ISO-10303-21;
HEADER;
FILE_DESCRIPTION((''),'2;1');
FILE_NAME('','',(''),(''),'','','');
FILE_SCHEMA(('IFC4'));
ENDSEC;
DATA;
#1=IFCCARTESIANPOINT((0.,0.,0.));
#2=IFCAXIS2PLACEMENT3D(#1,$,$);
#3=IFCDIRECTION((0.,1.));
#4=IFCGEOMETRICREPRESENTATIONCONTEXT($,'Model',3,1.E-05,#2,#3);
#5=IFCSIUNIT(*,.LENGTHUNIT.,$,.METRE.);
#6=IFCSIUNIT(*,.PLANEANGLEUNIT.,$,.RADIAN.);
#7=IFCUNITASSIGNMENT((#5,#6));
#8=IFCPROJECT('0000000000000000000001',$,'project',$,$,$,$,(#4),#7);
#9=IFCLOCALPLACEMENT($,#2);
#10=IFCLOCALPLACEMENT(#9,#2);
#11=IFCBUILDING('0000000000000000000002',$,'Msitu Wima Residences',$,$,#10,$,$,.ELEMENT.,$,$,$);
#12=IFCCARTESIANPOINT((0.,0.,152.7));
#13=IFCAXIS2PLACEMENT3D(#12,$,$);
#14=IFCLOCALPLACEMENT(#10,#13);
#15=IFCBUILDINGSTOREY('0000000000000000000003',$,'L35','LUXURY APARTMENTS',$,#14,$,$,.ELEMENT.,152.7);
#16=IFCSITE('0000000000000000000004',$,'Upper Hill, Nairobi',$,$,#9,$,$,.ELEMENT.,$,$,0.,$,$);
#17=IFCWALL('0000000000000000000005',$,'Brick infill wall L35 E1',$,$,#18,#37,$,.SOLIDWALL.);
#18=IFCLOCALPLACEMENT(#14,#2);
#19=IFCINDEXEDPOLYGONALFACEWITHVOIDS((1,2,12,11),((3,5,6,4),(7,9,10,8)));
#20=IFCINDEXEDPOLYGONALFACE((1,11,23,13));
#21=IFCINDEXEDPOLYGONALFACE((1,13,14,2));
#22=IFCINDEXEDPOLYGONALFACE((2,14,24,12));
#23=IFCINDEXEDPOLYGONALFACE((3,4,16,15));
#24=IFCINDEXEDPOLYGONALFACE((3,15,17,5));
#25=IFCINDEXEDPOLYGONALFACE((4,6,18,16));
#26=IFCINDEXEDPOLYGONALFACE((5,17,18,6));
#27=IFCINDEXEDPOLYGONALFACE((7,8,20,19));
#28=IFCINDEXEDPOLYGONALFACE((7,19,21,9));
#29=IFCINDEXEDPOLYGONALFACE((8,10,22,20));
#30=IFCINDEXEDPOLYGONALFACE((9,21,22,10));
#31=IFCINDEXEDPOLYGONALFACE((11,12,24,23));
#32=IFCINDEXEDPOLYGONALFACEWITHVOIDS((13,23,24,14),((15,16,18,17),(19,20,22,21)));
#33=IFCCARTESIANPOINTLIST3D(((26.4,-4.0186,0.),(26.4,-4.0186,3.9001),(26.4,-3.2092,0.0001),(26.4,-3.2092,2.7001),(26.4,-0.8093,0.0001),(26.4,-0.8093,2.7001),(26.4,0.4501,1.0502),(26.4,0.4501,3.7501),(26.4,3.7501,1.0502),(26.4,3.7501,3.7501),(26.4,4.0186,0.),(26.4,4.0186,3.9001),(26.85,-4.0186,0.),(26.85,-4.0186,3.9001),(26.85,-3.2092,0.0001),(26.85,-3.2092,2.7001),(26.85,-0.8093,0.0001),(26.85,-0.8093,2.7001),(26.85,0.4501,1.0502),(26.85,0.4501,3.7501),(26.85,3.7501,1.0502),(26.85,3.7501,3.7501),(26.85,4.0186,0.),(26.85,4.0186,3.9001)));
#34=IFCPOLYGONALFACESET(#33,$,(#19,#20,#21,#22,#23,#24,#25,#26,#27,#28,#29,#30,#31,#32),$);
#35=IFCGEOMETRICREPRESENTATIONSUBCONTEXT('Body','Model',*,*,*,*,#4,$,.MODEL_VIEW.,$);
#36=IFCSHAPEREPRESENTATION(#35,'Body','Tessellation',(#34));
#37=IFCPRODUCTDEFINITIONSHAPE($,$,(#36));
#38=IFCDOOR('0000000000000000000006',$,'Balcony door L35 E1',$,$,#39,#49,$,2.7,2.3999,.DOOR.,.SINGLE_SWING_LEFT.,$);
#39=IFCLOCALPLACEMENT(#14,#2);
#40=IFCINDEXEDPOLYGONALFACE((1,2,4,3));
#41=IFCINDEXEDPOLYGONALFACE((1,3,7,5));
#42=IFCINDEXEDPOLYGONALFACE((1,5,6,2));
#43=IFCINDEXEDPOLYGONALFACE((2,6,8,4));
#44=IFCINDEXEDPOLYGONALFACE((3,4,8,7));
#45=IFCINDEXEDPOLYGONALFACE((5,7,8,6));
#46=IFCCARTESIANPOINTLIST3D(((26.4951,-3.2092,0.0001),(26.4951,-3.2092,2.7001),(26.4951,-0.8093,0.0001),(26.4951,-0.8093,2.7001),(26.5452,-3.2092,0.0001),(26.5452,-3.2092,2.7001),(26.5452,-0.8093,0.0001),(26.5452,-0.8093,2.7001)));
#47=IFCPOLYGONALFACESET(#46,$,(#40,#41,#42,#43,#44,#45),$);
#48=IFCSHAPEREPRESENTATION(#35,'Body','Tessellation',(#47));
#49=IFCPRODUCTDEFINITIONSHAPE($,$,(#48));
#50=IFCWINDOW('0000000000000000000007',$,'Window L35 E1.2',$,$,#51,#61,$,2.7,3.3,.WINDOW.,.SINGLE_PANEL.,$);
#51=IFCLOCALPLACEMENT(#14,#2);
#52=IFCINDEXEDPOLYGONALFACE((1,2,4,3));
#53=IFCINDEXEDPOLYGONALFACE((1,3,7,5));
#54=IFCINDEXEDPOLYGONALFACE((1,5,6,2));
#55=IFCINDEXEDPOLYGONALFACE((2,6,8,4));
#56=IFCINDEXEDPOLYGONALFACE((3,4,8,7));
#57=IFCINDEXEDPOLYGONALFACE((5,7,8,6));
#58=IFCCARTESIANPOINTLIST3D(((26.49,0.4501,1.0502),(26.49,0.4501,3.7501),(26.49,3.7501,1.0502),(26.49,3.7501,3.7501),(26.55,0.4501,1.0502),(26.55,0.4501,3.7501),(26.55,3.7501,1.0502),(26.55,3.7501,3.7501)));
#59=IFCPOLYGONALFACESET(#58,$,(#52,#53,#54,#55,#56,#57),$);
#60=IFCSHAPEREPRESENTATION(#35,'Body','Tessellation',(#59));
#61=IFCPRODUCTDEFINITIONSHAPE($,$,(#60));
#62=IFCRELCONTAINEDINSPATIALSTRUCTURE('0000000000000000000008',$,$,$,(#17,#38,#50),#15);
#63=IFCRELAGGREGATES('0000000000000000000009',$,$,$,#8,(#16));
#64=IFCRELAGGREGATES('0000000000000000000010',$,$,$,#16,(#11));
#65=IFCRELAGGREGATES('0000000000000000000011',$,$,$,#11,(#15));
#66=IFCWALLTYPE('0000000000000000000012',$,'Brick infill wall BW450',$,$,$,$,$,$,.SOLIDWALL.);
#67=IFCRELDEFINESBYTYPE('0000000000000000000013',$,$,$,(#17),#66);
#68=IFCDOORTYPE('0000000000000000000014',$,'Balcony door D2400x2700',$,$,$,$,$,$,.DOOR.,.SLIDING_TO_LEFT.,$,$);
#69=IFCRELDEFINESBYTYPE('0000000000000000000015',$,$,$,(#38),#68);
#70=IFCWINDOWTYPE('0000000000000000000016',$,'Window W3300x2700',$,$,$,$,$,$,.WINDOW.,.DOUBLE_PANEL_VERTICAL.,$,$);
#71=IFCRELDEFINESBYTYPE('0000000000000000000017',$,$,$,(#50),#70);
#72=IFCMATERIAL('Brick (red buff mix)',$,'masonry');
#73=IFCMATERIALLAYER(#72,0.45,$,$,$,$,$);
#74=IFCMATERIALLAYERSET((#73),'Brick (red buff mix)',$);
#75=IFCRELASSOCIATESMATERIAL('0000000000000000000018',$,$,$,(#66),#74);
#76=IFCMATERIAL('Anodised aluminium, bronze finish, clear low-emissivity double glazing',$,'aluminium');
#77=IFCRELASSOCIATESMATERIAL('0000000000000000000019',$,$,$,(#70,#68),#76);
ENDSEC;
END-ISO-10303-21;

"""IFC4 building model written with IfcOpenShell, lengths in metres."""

from ifc_helpers import new_model, si_unit, direction, frame, frame_2d, origin, place, context, subcontext, project, spatial, rectangle, extrude, material, layer, layer_set, type_object, element, fill, save


model = new_model("IFC4")

# Units and contexts
model_context = context("Model", 3, precision=1e-05, world=origin(), true_north=direction((0.0, 1.0)))
body_context = subcontext(model_context, "Body", "Model", "MODEL_VIEW")
ifc_project = project(units=[si_unit("LENGTHUNIT", "METRE"), si_unit("PLANEANGLEUNIT", "RADIAN")], contexts=[model_context])

# Site, building, storey
site_placement = place(None, origin())
site = spatial("IfcSite", under=ifc_project, at=site_placement, Name="Upper Hill, Nairobi", CompositionType="ELEMENT", RefElevation=0.0)
building_placement = place(site_placement, origin())
building = spatial("IfcBuilding", under=site, at=building_placement, Name="Msitu Wima Residences", CompositionType="ELEMENT")
storey_placement = place(building_placement, frame((0.0, 0.0, 152.7)))
storey = spatial("IfcBuildingStorey", under=building, at=storey_placement, Name="L35", Description="LUXURY APARTMENTS", CompositionType="ELEMENT", Elevation=152.7)

# Shared definitions
ifc_material_1 = material(Name="Brick (red buff mix)", Category="masonry")
ifc_layer_1 = layer(ifc_material_1, 0.45)
ifc_layer_set_1 = layer_set([ifc_layer_1], Name="Brick (red buff mix)")
wall_type_1 = type_object("IfcWallType", Name="Brick infill wall BW450", PredefinedType="SOLIDWALL", material=ifc_layer_set_1)
ifc_material_2 = material(Name="Anodised aluminium, bronze finish, clear low-emissivity double glazing", Category="aluminium")
window_type = type_object("IfcWindowType", Name="Window W3300x2700", PartitioningType="DOUBLE_PANEL_VERTICAL", PredefinedType="WINDOW", material=ifc_material_2)

# Wall, openings, door, window
wall_1_placement = place(storey_placement, frame((26.625, -4.0186, 0.0), z_axis=(0.0, 0.0, 1.0), x_axis=(0.0, 1.0, 0.0)))
wall_1 = element("IfcWall", 1, at=wall_1_placement, inside=storey, type_object=wall_type_1, Name="Brick infill wall L35 E1", PredefinedType="SOLIDWALL", context=body_context, shape_type="SweptSolid", body=[
    extrude(rectangle(XDim=8.0371, YDim=0.45, at=frame_2d((4.0186, 0.0))), origin(), (0.0, 0.0, 1.0), 3.9001),
])
opening_1_placement = place(wall_1_placement, frame((0.8093, 0.0, 0.0)))
opening_1 = element("IfcOpeningElement", 2, at=opening_1_placement, cuts=wall_1, PredefinedType="OPENING", context=body_context, shape_type="SweptSolid", body=[
    extrude(rectangle(XDim=2.3999, YDim=2.7, at=frame_2d((1.2, 1.3501))), frame((0.0, 0.2349, 0.0), z_axis=(0.0, -1.0, 0.0), x_axis=(1.0, 0.0, 0.0)), (0.0, 0.0, 1.0), 0.47),
])
opening_2_placement = place(wall_1_placement, frame((4.4688, 0.0, 1.05)))
opening_2 = element("IfcOpeningElement", 3, at=opening_2_placement, cuts=wall_1, PredefinedType="OPENING", context=body_context, shape_type="SweptSolid", body=[
    extrude(rectangle(XDim=3.3, YDim=2.7, at=frame_2d((1.6499, 1.3501))), frame((0.0, 0.2349, 0.0), z_axis=(0.0, -1.0, 0.0), x_axis=(1.0, 0.0, 0.0)), (0.0, 0.0, 1.0), 0.47),
])
door_type = type_object("IfcDoorType", Name="Balcony door D2400x2700", OperationType="SLIDING_TO_LEFT", PredefinedType="DOOR", material=ifc_material_2)
door_placement = place(opening_1_placement, origin())
door = element("IfcDoor", 4, at=door_placement, inside=storey, type_object=door_type, Name="Balcony door L35 E1", OperationType="SINGLE_SWING_LEFT", OverallHeight=2.7, OverallWidth=2.3999, PredefinedType="DOOR", context=body_context, shape_type="SweptSolid", body=[
    extrude(rectangle(XDim=2.3999, YDim=2.7, at=frame_2d((1.2, 1.3501))), frame((0.0, 0.1299, 0.0), z_axis=(0.0, -1.0, 0.0), x_axis=(1.0, 0.0, 0.0)), (0.0, 0.0, 1.0), 0.05),
])
fill(opening_1, door)
window_1_placement = place(opening_2_placement, origin())
window_1 = element("IfcWindow", 5, at=window_1_placement, inside=storey, type_object=window_type, Name="Window L35 E1.2", OverallHeight=2.7, OverallWidth=3.3, PartitioningType="SINGLE_PANEL", PredefinedType="WINDOW", context=body_context, shape_type="SweptSolid", body=[
    extrude(rectangle(XDim=3.3, YDim=2.7, at=frame_2d((1.6499, 1.3501))), frame((0.0, 0.135, 0.0), z_axis=(0.0, -1.0, 0.0), x_axis=(1.0, 0.0, 0.0)), (0.0, 0.0, 1.0), 0.0601),
])
fill(opening_2, window_1)

save(model, "model.ifc")
